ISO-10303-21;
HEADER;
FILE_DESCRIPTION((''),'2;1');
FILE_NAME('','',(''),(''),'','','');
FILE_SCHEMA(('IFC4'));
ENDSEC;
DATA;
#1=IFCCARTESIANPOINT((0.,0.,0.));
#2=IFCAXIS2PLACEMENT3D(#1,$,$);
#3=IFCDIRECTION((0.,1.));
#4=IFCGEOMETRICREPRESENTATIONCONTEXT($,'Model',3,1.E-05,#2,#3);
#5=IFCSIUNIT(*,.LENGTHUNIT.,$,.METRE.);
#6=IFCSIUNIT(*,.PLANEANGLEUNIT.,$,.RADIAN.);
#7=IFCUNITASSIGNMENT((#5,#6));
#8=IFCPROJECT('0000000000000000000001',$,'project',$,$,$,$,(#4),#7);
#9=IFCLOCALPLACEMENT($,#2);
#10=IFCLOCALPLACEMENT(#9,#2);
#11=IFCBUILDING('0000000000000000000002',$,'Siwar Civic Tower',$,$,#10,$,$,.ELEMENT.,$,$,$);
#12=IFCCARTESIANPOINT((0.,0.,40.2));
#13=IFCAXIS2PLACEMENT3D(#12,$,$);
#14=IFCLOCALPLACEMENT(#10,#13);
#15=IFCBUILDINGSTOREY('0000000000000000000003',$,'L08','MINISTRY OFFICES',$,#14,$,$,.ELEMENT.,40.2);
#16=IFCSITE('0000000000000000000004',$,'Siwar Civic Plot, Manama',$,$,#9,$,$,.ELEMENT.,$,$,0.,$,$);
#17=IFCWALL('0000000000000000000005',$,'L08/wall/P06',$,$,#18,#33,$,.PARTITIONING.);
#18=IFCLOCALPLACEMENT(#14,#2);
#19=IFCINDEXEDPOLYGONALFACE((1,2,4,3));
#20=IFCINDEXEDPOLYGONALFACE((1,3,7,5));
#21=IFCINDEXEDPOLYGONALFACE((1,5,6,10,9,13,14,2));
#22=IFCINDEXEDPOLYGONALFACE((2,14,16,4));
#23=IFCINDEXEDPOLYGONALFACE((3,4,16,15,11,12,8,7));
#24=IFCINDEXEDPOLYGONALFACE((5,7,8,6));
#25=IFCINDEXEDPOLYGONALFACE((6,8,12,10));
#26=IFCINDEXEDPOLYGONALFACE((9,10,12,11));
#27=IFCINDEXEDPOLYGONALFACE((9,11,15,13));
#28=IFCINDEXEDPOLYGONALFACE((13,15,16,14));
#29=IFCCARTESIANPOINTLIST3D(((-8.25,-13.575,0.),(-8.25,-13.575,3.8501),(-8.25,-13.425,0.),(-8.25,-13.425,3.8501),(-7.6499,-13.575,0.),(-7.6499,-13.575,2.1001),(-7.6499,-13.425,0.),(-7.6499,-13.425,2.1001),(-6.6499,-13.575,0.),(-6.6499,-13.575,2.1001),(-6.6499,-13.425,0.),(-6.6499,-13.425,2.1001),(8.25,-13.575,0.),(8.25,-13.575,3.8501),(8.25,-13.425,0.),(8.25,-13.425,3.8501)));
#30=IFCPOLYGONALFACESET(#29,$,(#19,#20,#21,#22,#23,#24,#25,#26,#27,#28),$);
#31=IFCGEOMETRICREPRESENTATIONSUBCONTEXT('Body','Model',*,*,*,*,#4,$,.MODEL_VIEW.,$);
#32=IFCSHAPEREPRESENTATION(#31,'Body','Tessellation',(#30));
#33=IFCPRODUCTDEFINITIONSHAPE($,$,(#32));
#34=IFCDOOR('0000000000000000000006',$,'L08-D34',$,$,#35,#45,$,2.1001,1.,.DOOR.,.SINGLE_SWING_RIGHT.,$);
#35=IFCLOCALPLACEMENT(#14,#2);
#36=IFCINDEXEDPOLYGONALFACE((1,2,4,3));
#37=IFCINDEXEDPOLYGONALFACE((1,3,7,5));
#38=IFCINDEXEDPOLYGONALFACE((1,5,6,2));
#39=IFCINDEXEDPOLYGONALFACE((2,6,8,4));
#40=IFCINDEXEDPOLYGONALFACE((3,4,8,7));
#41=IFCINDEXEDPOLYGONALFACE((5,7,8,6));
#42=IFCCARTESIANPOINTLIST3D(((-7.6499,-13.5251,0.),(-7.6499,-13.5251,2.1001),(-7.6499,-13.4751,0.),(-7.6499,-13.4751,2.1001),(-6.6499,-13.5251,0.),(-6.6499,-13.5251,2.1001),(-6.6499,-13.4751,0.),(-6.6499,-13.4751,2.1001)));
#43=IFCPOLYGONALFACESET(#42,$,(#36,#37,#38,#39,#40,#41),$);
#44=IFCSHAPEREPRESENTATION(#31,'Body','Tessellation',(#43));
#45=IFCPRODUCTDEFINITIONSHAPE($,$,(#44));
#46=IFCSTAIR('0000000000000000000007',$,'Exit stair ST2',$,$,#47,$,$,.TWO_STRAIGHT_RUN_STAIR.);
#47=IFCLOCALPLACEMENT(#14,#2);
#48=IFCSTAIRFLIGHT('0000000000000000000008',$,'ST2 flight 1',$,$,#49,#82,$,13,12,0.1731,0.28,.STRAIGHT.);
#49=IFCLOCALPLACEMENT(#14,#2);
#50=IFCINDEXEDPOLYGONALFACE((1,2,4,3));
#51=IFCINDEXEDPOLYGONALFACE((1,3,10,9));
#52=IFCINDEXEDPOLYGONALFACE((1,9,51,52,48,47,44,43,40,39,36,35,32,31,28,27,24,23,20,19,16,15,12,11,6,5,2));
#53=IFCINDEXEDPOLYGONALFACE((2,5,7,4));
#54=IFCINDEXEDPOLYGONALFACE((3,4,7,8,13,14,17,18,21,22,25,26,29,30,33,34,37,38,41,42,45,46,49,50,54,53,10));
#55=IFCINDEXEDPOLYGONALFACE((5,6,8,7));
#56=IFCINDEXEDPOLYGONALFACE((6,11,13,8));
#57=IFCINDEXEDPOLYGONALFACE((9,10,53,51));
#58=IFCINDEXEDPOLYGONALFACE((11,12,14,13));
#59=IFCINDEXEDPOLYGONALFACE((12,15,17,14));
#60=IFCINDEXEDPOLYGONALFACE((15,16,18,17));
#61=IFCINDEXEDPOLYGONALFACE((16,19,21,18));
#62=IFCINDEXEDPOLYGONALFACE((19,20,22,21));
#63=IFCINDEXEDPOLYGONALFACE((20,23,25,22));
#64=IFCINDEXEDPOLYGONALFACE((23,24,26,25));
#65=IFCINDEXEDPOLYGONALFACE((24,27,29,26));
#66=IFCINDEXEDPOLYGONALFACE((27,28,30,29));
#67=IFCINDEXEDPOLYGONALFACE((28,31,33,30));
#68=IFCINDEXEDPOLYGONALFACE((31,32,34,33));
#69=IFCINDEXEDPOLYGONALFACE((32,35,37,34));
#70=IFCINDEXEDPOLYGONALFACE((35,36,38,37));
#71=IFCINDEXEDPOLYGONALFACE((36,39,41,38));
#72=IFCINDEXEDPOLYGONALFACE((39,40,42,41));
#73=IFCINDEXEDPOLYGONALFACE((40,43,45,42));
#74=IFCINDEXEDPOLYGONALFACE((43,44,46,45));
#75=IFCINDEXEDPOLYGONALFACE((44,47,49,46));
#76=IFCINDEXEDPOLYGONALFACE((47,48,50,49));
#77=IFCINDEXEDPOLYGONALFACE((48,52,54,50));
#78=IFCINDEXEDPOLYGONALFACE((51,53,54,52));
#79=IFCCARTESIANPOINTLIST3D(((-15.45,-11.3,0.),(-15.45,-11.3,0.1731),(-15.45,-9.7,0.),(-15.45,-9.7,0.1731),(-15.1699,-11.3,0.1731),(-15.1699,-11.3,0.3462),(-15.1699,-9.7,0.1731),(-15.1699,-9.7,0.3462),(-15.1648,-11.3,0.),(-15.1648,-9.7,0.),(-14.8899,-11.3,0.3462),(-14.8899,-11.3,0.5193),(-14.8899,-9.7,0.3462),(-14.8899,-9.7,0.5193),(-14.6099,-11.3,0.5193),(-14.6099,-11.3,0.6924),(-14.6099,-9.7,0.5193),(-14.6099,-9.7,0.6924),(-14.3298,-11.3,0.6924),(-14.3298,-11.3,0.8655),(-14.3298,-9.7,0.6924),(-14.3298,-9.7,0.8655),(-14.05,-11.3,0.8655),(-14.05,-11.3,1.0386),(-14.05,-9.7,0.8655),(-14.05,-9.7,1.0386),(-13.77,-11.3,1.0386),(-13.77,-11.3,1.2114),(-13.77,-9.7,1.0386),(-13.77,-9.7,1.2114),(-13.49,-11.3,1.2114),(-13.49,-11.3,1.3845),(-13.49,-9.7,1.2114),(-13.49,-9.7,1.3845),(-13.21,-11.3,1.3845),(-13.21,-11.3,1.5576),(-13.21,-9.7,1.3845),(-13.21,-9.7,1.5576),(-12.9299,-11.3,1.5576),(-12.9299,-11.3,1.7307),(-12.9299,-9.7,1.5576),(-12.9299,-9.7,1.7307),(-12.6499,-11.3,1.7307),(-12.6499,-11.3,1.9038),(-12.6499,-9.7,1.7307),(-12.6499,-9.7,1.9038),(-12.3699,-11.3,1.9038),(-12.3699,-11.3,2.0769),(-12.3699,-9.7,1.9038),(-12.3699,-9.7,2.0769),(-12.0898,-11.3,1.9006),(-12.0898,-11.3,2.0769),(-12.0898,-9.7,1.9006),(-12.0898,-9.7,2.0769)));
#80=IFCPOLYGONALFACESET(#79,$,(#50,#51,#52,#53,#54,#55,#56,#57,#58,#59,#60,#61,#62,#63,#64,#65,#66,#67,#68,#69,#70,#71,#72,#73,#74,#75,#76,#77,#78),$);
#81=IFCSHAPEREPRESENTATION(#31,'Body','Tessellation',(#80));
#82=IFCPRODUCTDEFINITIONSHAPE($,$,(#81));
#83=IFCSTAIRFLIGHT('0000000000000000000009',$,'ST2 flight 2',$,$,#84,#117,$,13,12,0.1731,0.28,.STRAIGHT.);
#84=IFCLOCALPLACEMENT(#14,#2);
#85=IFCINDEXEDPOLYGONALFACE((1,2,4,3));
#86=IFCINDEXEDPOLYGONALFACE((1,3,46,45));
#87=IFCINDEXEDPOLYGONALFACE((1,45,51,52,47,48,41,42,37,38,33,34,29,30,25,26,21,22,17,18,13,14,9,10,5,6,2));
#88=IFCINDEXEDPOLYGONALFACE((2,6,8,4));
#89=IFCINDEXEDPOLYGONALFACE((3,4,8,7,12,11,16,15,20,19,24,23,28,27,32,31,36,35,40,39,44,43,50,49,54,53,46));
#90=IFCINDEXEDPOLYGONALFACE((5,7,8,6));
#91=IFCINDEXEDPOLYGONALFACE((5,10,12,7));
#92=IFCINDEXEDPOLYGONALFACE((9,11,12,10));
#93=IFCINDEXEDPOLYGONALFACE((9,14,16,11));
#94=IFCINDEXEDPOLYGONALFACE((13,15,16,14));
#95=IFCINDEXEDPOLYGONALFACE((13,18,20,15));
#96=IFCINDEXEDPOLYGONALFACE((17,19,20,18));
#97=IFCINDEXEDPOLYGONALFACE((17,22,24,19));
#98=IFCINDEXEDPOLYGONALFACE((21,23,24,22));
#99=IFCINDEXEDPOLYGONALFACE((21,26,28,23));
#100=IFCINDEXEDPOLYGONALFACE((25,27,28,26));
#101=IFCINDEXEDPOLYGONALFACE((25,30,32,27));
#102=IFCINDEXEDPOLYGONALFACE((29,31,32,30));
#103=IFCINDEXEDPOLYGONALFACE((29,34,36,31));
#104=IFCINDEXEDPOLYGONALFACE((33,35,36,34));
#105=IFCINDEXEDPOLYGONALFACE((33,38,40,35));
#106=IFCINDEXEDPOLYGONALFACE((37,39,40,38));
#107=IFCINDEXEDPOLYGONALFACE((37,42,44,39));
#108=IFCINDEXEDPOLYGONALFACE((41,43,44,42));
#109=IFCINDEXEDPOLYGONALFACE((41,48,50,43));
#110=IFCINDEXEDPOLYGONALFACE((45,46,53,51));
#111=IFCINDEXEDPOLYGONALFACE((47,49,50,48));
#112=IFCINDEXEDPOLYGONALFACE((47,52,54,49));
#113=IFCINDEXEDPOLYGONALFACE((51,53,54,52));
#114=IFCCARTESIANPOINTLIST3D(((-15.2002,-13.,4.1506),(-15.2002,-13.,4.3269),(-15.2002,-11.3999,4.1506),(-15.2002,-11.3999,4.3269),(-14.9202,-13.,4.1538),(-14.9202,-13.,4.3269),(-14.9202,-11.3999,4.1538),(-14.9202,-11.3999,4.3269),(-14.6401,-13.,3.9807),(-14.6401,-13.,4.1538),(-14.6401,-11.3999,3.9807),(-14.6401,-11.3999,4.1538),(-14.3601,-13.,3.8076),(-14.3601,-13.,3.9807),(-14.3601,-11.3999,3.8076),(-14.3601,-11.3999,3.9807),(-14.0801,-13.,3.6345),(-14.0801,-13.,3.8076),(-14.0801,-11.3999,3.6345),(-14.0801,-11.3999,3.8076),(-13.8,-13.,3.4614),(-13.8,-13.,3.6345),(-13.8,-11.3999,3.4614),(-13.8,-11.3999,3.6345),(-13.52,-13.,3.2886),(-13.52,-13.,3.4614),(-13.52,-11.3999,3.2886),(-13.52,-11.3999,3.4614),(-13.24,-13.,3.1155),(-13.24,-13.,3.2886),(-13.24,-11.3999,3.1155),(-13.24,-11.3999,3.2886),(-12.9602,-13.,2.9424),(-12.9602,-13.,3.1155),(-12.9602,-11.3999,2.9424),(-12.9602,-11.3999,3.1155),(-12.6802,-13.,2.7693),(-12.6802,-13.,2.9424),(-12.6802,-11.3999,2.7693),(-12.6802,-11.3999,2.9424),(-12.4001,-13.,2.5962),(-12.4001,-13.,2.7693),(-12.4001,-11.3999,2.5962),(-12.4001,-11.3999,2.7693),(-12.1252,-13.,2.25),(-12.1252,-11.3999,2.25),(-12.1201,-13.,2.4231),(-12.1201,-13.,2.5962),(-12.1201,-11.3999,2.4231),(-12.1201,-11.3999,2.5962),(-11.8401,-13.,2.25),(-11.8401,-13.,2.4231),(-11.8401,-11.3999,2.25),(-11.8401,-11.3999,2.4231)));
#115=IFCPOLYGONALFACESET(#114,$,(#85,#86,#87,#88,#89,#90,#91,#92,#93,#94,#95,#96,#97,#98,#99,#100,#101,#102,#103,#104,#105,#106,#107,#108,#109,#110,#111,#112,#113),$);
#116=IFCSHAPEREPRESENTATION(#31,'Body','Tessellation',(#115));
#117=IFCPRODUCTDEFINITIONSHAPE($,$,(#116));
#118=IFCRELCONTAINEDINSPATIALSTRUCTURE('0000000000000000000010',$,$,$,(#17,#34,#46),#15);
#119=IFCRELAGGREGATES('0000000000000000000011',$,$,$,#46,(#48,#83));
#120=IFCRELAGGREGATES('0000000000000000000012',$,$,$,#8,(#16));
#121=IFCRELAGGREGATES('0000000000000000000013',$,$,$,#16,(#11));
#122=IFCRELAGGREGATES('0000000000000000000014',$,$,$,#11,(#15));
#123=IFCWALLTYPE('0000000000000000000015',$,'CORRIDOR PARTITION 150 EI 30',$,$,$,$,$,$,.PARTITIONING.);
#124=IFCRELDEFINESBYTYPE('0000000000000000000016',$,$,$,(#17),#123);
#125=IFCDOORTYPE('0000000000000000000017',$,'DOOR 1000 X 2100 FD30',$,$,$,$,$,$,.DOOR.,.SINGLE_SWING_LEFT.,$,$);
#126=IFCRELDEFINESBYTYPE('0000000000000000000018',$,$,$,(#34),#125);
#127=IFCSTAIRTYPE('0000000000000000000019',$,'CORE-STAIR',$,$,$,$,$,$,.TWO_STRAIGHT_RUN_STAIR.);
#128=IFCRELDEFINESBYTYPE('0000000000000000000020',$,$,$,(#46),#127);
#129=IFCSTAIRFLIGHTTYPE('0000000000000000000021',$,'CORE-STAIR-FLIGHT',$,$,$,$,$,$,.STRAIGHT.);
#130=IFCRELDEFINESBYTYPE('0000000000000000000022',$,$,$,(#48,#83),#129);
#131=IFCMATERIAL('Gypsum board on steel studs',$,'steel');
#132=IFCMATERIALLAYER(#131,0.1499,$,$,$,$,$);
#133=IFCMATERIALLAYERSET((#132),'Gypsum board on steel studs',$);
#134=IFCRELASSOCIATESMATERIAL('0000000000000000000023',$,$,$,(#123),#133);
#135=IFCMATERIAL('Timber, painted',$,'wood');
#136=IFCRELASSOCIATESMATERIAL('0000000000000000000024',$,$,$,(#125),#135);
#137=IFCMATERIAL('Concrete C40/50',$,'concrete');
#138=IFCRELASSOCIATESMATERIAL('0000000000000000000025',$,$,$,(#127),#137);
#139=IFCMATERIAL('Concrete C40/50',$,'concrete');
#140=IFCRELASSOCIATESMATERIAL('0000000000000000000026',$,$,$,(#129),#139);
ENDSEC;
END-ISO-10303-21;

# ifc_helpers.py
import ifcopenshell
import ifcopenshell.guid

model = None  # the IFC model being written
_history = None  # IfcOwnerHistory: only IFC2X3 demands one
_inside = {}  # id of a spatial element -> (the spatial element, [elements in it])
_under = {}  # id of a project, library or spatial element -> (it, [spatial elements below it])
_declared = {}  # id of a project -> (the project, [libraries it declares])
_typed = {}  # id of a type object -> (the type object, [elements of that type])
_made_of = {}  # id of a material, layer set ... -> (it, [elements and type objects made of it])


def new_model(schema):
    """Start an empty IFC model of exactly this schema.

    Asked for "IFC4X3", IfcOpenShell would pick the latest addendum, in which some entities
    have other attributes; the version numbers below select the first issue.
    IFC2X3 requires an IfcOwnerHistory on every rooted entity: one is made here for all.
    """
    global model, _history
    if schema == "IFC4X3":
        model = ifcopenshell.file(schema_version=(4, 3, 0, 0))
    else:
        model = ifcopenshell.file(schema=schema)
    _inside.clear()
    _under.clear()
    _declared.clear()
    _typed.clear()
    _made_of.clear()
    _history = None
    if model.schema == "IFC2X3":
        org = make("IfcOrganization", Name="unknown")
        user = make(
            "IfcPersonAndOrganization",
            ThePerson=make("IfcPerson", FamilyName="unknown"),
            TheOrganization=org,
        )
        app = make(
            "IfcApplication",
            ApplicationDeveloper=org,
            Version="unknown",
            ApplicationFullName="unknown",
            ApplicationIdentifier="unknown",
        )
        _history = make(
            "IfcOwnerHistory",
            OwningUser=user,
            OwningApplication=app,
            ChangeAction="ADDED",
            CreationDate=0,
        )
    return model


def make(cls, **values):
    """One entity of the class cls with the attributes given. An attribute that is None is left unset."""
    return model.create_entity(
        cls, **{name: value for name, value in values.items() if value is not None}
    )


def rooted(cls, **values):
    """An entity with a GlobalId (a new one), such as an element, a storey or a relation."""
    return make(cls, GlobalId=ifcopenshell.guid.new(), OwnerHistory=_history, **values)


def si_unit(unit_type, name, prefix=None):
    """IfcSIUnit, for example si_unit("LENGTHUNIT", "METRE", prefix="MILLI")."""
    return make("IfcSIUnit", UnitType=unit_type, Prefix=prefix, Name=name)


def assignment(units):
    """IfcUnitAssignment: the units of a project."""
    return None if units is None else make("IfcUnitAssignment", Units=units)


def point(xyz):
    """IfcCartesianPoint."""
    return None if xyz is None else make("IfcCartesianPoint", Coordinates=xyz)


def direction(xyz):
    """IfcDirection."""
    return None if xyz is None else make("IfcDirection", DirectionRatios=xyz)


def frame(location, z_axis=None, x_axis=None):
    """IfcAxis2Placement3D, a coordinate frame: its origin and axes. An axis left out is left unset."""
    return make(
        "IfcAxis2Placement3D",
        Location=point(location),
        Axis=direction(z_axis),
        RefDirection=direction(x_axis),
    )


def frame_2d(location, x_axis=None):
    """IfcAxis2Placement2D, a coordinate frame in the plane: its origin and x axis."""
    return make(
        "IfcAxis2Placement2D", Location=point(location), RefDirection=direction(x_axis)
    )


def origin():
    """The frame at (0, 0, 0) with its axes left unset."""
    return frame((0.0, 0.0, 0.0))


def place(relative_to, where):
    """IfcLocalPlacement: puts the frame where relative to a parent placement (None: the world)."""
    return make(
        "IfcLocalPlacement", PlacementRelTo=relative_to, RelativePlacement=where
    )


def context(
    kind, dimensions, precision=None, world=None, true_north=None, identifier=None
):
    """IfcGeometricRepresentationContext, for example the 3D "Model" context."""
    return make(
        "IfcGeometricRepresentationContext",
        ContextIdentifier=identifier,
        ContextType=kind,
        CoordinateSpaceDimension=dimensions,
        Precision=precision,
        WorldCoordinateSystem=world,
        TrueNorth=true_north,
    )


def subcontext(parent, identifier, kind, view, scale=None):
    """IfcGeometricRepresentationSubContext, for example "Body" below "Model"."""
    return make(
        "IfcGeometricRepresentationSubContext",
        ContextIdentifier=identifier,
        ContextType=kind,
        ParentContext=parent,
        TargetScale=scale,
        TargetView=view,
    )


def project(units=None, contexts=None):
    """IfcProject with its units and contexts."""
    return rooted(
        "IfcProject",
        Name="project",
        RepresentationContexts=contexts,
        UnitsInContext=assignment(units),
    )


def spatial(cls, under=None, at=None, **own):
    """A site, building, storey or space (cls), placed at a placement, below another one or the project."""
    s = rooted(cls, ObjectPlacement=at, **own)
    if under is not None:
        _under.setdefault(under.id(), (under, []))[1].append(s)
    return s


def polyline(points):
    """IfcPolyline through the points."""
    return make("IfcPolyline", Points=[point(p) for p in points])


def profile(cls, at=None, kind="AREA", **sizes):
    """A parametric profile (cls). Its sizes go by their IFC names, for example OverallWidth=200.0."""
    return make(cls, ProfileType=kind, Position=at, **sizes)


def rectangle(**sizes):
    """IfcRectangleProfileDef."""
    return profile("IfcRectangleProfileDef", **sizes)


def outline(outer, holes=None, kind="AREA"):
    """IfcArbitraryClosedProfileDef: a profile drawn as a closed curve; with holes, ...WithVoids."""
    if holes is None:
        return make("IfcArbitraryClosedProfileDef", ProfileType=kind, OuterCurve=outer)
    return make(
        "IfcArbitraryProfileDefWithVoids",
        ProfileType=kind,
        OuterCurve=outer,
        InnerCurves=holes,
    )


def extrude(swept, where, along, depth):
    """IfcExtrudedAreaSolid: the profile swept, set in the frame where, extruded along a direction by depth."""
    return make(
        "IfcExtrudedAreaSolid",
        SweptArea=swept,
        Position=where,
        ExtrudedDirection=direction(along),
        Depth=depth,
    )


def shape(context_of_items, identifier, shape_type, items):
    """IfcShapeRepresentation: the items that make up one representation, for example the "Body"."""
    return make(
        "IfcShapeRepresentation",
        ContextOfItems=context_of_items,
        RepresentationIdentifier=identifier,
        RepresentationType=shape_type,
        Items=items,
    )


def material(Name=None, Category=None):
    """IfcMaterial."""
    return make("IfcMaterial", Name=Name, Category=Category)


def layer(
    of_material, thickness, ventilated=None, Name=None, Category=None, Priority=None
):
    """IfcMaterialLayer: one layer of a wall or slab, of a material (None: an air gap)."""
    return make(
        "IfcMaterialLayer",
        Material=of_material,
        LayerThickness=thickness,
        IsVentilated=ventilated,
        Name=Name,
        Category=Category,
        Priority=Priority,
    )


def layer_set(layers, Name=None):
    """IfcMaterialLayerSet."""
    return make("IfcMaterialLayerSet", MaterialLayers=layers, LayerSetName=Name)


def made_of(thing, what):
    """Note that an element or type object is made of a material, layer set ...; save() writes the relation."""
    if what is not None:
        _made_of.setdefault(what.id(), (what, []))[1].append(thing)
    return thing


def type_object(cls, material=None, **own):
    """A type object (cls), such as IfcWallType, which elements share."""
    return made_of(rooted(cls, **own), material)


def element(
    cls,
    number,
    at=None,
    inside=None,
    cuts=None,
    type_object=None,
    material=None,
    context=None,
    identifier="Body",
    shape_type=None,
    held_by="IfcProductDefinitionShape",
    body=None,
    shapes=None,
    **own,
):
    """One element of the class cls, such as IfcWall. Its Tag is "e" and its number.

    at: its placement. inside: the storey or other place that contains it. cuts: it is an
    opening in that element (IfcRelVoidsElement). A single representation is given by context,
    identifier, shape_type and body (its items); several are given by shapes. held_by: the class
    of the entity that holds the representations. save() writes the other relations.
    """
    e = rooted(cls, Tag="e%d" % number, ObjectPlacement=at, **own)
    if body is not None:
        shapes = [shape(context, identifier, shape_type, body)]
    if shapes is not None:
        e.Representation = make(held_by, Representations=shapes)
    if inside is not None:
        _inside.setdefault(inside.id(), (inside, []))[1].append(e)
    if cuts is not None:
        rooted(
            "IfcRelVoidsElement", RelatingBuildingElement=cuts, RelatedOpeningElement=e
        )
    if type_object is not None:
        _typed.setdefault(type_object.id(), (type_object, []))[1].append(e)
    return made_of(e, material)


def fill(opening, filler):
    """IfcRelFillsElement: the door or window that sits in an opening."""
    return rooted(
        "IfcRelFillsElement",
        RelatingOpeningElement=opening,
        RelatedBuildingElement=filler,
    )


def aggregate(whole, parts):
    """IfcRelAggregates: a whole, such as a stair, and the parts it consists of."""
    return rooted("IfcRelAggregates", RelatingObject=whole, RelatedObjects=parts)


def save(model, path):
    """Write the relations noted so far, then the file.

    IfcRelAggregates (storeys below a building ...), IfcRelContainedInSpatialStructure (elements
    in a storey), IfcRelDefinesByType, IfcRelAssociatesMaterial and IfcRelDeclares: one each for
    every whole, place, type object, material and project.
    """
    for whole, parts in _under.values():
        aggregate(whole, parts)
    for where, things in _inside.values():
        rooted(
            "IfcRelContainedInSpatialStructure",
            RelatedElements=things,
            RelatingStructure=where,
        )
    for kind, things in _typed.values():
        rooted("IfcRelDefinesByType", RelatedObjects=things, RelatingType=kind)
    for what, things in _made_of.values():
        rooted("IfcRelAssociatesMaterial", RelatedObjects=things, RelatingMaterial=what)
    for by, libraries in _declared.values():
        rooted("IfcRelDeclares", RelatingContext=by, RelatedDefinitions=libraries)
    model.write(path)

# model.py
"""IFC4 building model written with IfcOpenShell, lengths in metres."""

from ifc_helpers import new_model, si_unit, direction, frame, frame_2d, origin, place, context, subcontext, project, spatial, polyline, rectangle, outline, extrude, material, layer, layer_set, type_object, element, fill, aggregate, save


model = new_model("IFC4")

# Units and contexts
model_context = context("Model", 3, precision=1e-05, world=origin(), true_north=direction((0.0, 1.0)))
body_context = subcontext(model_context, "Body", "Model", "MODEL_VIEW")
ifc_project = project(units=[si_unit("LENGTHUNIT", "METRE"), si_unit("PLANEANGLEUNIT", "RADIAN")], contexts=[model_context])

# Site, building, storey
site_placement = place(None, origin())
site = spatial("IfcSite", under=ifc_project, at=site_placement, Name="Siwar Civic Plot, Manama", CompositionType="ELEMENT", RefElevation=0.0)
building_placement = place(site_placement, origin())
building = spatial("IfcBuilding", under=site, at=building_placement, Name="Siwar Civic Tower", CompositionType="ELEMENT")
storey_placement = place(building_placement, frame((0.0, 0.0, 40.2)))
storey = spatial("IfcBuildingStorey", under=building, at=storey_placement, Name="L08", Description="MINISTRY OFFICES", CompositionType="ELEMENT", Elevation=40.2)

# Wall, opening, door
ifc_material_1 = material(Name="Gypsum board on steel studs", Category="steel")
ifc_layer_1 = layer(ifc_material_1, 0.1499)
ifc_layer_set_1 = layer_set([ifc_layer_1], Name="Gypsum board on steel studs")
wall_type_1 = type_object("IfcWallType", Name="CORRIDOR PARTITION 150 EI 30", PredefinedType="PARTITIONING", material=ifc_layer_set_1)
wall_1_placement = place(storey_placement, frame((-8.25, -13.5, 0.0), z_axis=(0.0, 0.0, 1.0), x_axis=(1.0, 0.0, 0.0)))
wall_1 = element("IfcWall", 1, at=wall_1_placement, inside=storey, type_object=wall_type_1, Name="L08/wall/P06", PredefinedType="PARTITIONING", context=body_context, shape_type="SweptSolid", body=[
    extrude(rectangle(XDim=16.5, YDim=0.1499, at=frame_2d((8.25, 0.0))), origin(), (0.0, 0.0, 1.0), 3.8501),
])
opening_1_placement = place(wall_1_placement, frame((0.6001, 0.0, 0.0)))
opening_1 = element("IfcOpeningElement", 2, at=opening_1_placement, cuts=wall_1, PredefinedType="OPENING", context=body_context, shape_type="SweptSolid", body=[
    extrude(rectangle(XDim=1.0, YDim=2.1001, at=frame_2d((0.5, 1.05))), frame((0.0, 0.085, 0.0), z_axis=(0.0, -1.0, 0.0), x_axis=(1.0, 0.0, 0.0)), (0.0, 0.0, 1.0), 0.1699),
])
ifc_material_2 = material(Name="Timber, painted", Category="wood")
door_type_1 = type_object("IfcDoorType", Name="DOOR 1000 X 2100 FD30", OperationType="SINGLE_SWING_LEFT", PredefinedType="DOOR", material=ifc_material_2)
door_1_placement = place(opening_1_placement, origin())
door_1 = element("IfcDoor", 3, at=door_1_placement, inside=storey, type_object=door_type_1, Name="L08-D34", OperationType="SINGLE_SWING_RIGHT", OverallHeight=2.1001, OverallWidth=1.0, PredefinedType="DOOR", context=body_context, shape_type="SweptSolid", body=[
    extrude(rectangle(XDim=1.0, YDim=2.1001, at=frame_2d((0.5, 1.05))), frame((0.0, 0.0249, 0.0), z_axis=(0.0, -1.0, 0.0), x_axis=(1.0, 0.0, 0.0)), (0.0, 0.0, 1.0), 0.05),
])
fill(opening_1, door_1)

# Stair, stair flights
ifc_material_3 = material(Name="Concrete C40/50", Category="concrete")
stair_type = type_object("IfcStairType", Name="CORE-STAIR", PredefinedType="TWO_STRAIGHT_RUN_STAIR", material=ifc_material_3)
stair_placement = place(storey_placement, origin())
stair = element("IfcStair", 4, at=stair_placement, inside=storey, type_object=stair_type, Name="Exit stair ST2", PredefinedType="TWO_STRAIGHT_RUN_STAIR")
ifc_material_4 = material(Name="Concrete C40/50", Category="concrete")
stair_flight_type = type_object("IfcStairFlightType", Name="CORE-STAIR-FLIGHT", PredefinedType="STRAIGHT", material=ifc_material_4)
stair_flight_1_placement = place(storey_placement, frame((-15.45, -10.5, 0.0), z_axis=(0.0, 0.0, 1.0), x_axis=(1.0, 0.0, 0.0)))
stair_flight_1 = element("IfcStairFlight", 5, at=stair_flight_1_placement, type_object=stair_flight_type, Name="ST2 flight 1", NumberOfRisers=13, NumberOfTreads=12, PredefinedType="STRAIGHT", RiserHeight=0.1731, TreadLength=0.28, context=body_context, shape_type="SweptSolid", body=[
    extrude(outline(polyline([(0.0, 0.0), (0.0, 0.1731), (0.28, 0.1731), (0.28, 0.3462), (0.5601, 0.3462), (0.5601, 0.5193), (0.8401, 0.5193), (0.8401, 0.6924), (1.1201, 0.6924), (1.1201, 0.8655), (1.3999, 0.8655), (1.3999, 1.0386), (1.6799, 1.0386), (1.6799, 1.2114), (1.96, 1.2114), (1.96, 1.3845), (2.24, 1.3845), (2.24, 1.5576), (2.52, 1.5576), (2.52, 1.7307), (2.8, 1.7307), (2.8, 1.9038), (3.0801, 1.9038), (3.0801, 2.0769), (3.3601, 2.0769), (3.3601, 2.25), (3.3601, 1.9006), (0.2852, 0.0), (0.0, 0.0)])), frame((0.0, 0.8, 0.0), z_axis=(0.0, -1.0, 0.0), x_axis=(1.0, 0.0, 0.0)), (0.0, 0.0, 1.0), 1.6001),
])
stair_flight_2_placement = place(storey_placement, frame((-11.8401, -12.2, 2.25), z_axis=(0.0, 0.0, 1.0), x_axis=(-1.0, 0.0, 0.0)))
stair_flight_2 = element("IfcStairFlight", 6, at=stair_flight_2_placement, type_object=stair_flight_type, Name="ST2 flight 2", NumberOfRisers=13, NumberOfTreads=12, PredefinedType="STRAIGHT", RiserHeight=0.1731, TreadLength=0.28, context=body_context, shape_type="SweptSolid", body=[
    extrude(outline(polyline([(0.0, 0.0), (0.0, 0.1731), (0.28, 0.1731), (0.28, 0.3462), (0.5601, 0.3462), (0.5601, 0.5193), (0.8401, 0.5193), (0.8401, 0.6924), (1.1201, 0.6924), (1.1201, 0.8655), (1.3999, 0.8655), (1.3999, 1.0386), (1.6799, 1.0386), (1.6799, 1.2114), (1.96, 1.2114), (1.96, 1.3845), (2.24, 1.3845), (2.24, 1.5576), (2.52, 1.5576), (2.52, 1.7307), (2.8, 1.7307), (2.8, 1.9038), (3.0801, 1.9038), (3.0801, 2.0769), (3.3601, 2.0769), (3.3601, 2.25), (3.3601, 1.9006), (0.2852, 0.0), (0.0, 0.0)])), frame((0.0, 0.8, 0.0), z_axis=(0.0, -1.0, 0.0), x_axis=(1.0, 0.0, 0.0)), (0.0, 0.0, 1.0), 1.6001),
])
aggregate(stair, [stair_flight_1, stair_flight_2])

save(model, "model.ifc")
